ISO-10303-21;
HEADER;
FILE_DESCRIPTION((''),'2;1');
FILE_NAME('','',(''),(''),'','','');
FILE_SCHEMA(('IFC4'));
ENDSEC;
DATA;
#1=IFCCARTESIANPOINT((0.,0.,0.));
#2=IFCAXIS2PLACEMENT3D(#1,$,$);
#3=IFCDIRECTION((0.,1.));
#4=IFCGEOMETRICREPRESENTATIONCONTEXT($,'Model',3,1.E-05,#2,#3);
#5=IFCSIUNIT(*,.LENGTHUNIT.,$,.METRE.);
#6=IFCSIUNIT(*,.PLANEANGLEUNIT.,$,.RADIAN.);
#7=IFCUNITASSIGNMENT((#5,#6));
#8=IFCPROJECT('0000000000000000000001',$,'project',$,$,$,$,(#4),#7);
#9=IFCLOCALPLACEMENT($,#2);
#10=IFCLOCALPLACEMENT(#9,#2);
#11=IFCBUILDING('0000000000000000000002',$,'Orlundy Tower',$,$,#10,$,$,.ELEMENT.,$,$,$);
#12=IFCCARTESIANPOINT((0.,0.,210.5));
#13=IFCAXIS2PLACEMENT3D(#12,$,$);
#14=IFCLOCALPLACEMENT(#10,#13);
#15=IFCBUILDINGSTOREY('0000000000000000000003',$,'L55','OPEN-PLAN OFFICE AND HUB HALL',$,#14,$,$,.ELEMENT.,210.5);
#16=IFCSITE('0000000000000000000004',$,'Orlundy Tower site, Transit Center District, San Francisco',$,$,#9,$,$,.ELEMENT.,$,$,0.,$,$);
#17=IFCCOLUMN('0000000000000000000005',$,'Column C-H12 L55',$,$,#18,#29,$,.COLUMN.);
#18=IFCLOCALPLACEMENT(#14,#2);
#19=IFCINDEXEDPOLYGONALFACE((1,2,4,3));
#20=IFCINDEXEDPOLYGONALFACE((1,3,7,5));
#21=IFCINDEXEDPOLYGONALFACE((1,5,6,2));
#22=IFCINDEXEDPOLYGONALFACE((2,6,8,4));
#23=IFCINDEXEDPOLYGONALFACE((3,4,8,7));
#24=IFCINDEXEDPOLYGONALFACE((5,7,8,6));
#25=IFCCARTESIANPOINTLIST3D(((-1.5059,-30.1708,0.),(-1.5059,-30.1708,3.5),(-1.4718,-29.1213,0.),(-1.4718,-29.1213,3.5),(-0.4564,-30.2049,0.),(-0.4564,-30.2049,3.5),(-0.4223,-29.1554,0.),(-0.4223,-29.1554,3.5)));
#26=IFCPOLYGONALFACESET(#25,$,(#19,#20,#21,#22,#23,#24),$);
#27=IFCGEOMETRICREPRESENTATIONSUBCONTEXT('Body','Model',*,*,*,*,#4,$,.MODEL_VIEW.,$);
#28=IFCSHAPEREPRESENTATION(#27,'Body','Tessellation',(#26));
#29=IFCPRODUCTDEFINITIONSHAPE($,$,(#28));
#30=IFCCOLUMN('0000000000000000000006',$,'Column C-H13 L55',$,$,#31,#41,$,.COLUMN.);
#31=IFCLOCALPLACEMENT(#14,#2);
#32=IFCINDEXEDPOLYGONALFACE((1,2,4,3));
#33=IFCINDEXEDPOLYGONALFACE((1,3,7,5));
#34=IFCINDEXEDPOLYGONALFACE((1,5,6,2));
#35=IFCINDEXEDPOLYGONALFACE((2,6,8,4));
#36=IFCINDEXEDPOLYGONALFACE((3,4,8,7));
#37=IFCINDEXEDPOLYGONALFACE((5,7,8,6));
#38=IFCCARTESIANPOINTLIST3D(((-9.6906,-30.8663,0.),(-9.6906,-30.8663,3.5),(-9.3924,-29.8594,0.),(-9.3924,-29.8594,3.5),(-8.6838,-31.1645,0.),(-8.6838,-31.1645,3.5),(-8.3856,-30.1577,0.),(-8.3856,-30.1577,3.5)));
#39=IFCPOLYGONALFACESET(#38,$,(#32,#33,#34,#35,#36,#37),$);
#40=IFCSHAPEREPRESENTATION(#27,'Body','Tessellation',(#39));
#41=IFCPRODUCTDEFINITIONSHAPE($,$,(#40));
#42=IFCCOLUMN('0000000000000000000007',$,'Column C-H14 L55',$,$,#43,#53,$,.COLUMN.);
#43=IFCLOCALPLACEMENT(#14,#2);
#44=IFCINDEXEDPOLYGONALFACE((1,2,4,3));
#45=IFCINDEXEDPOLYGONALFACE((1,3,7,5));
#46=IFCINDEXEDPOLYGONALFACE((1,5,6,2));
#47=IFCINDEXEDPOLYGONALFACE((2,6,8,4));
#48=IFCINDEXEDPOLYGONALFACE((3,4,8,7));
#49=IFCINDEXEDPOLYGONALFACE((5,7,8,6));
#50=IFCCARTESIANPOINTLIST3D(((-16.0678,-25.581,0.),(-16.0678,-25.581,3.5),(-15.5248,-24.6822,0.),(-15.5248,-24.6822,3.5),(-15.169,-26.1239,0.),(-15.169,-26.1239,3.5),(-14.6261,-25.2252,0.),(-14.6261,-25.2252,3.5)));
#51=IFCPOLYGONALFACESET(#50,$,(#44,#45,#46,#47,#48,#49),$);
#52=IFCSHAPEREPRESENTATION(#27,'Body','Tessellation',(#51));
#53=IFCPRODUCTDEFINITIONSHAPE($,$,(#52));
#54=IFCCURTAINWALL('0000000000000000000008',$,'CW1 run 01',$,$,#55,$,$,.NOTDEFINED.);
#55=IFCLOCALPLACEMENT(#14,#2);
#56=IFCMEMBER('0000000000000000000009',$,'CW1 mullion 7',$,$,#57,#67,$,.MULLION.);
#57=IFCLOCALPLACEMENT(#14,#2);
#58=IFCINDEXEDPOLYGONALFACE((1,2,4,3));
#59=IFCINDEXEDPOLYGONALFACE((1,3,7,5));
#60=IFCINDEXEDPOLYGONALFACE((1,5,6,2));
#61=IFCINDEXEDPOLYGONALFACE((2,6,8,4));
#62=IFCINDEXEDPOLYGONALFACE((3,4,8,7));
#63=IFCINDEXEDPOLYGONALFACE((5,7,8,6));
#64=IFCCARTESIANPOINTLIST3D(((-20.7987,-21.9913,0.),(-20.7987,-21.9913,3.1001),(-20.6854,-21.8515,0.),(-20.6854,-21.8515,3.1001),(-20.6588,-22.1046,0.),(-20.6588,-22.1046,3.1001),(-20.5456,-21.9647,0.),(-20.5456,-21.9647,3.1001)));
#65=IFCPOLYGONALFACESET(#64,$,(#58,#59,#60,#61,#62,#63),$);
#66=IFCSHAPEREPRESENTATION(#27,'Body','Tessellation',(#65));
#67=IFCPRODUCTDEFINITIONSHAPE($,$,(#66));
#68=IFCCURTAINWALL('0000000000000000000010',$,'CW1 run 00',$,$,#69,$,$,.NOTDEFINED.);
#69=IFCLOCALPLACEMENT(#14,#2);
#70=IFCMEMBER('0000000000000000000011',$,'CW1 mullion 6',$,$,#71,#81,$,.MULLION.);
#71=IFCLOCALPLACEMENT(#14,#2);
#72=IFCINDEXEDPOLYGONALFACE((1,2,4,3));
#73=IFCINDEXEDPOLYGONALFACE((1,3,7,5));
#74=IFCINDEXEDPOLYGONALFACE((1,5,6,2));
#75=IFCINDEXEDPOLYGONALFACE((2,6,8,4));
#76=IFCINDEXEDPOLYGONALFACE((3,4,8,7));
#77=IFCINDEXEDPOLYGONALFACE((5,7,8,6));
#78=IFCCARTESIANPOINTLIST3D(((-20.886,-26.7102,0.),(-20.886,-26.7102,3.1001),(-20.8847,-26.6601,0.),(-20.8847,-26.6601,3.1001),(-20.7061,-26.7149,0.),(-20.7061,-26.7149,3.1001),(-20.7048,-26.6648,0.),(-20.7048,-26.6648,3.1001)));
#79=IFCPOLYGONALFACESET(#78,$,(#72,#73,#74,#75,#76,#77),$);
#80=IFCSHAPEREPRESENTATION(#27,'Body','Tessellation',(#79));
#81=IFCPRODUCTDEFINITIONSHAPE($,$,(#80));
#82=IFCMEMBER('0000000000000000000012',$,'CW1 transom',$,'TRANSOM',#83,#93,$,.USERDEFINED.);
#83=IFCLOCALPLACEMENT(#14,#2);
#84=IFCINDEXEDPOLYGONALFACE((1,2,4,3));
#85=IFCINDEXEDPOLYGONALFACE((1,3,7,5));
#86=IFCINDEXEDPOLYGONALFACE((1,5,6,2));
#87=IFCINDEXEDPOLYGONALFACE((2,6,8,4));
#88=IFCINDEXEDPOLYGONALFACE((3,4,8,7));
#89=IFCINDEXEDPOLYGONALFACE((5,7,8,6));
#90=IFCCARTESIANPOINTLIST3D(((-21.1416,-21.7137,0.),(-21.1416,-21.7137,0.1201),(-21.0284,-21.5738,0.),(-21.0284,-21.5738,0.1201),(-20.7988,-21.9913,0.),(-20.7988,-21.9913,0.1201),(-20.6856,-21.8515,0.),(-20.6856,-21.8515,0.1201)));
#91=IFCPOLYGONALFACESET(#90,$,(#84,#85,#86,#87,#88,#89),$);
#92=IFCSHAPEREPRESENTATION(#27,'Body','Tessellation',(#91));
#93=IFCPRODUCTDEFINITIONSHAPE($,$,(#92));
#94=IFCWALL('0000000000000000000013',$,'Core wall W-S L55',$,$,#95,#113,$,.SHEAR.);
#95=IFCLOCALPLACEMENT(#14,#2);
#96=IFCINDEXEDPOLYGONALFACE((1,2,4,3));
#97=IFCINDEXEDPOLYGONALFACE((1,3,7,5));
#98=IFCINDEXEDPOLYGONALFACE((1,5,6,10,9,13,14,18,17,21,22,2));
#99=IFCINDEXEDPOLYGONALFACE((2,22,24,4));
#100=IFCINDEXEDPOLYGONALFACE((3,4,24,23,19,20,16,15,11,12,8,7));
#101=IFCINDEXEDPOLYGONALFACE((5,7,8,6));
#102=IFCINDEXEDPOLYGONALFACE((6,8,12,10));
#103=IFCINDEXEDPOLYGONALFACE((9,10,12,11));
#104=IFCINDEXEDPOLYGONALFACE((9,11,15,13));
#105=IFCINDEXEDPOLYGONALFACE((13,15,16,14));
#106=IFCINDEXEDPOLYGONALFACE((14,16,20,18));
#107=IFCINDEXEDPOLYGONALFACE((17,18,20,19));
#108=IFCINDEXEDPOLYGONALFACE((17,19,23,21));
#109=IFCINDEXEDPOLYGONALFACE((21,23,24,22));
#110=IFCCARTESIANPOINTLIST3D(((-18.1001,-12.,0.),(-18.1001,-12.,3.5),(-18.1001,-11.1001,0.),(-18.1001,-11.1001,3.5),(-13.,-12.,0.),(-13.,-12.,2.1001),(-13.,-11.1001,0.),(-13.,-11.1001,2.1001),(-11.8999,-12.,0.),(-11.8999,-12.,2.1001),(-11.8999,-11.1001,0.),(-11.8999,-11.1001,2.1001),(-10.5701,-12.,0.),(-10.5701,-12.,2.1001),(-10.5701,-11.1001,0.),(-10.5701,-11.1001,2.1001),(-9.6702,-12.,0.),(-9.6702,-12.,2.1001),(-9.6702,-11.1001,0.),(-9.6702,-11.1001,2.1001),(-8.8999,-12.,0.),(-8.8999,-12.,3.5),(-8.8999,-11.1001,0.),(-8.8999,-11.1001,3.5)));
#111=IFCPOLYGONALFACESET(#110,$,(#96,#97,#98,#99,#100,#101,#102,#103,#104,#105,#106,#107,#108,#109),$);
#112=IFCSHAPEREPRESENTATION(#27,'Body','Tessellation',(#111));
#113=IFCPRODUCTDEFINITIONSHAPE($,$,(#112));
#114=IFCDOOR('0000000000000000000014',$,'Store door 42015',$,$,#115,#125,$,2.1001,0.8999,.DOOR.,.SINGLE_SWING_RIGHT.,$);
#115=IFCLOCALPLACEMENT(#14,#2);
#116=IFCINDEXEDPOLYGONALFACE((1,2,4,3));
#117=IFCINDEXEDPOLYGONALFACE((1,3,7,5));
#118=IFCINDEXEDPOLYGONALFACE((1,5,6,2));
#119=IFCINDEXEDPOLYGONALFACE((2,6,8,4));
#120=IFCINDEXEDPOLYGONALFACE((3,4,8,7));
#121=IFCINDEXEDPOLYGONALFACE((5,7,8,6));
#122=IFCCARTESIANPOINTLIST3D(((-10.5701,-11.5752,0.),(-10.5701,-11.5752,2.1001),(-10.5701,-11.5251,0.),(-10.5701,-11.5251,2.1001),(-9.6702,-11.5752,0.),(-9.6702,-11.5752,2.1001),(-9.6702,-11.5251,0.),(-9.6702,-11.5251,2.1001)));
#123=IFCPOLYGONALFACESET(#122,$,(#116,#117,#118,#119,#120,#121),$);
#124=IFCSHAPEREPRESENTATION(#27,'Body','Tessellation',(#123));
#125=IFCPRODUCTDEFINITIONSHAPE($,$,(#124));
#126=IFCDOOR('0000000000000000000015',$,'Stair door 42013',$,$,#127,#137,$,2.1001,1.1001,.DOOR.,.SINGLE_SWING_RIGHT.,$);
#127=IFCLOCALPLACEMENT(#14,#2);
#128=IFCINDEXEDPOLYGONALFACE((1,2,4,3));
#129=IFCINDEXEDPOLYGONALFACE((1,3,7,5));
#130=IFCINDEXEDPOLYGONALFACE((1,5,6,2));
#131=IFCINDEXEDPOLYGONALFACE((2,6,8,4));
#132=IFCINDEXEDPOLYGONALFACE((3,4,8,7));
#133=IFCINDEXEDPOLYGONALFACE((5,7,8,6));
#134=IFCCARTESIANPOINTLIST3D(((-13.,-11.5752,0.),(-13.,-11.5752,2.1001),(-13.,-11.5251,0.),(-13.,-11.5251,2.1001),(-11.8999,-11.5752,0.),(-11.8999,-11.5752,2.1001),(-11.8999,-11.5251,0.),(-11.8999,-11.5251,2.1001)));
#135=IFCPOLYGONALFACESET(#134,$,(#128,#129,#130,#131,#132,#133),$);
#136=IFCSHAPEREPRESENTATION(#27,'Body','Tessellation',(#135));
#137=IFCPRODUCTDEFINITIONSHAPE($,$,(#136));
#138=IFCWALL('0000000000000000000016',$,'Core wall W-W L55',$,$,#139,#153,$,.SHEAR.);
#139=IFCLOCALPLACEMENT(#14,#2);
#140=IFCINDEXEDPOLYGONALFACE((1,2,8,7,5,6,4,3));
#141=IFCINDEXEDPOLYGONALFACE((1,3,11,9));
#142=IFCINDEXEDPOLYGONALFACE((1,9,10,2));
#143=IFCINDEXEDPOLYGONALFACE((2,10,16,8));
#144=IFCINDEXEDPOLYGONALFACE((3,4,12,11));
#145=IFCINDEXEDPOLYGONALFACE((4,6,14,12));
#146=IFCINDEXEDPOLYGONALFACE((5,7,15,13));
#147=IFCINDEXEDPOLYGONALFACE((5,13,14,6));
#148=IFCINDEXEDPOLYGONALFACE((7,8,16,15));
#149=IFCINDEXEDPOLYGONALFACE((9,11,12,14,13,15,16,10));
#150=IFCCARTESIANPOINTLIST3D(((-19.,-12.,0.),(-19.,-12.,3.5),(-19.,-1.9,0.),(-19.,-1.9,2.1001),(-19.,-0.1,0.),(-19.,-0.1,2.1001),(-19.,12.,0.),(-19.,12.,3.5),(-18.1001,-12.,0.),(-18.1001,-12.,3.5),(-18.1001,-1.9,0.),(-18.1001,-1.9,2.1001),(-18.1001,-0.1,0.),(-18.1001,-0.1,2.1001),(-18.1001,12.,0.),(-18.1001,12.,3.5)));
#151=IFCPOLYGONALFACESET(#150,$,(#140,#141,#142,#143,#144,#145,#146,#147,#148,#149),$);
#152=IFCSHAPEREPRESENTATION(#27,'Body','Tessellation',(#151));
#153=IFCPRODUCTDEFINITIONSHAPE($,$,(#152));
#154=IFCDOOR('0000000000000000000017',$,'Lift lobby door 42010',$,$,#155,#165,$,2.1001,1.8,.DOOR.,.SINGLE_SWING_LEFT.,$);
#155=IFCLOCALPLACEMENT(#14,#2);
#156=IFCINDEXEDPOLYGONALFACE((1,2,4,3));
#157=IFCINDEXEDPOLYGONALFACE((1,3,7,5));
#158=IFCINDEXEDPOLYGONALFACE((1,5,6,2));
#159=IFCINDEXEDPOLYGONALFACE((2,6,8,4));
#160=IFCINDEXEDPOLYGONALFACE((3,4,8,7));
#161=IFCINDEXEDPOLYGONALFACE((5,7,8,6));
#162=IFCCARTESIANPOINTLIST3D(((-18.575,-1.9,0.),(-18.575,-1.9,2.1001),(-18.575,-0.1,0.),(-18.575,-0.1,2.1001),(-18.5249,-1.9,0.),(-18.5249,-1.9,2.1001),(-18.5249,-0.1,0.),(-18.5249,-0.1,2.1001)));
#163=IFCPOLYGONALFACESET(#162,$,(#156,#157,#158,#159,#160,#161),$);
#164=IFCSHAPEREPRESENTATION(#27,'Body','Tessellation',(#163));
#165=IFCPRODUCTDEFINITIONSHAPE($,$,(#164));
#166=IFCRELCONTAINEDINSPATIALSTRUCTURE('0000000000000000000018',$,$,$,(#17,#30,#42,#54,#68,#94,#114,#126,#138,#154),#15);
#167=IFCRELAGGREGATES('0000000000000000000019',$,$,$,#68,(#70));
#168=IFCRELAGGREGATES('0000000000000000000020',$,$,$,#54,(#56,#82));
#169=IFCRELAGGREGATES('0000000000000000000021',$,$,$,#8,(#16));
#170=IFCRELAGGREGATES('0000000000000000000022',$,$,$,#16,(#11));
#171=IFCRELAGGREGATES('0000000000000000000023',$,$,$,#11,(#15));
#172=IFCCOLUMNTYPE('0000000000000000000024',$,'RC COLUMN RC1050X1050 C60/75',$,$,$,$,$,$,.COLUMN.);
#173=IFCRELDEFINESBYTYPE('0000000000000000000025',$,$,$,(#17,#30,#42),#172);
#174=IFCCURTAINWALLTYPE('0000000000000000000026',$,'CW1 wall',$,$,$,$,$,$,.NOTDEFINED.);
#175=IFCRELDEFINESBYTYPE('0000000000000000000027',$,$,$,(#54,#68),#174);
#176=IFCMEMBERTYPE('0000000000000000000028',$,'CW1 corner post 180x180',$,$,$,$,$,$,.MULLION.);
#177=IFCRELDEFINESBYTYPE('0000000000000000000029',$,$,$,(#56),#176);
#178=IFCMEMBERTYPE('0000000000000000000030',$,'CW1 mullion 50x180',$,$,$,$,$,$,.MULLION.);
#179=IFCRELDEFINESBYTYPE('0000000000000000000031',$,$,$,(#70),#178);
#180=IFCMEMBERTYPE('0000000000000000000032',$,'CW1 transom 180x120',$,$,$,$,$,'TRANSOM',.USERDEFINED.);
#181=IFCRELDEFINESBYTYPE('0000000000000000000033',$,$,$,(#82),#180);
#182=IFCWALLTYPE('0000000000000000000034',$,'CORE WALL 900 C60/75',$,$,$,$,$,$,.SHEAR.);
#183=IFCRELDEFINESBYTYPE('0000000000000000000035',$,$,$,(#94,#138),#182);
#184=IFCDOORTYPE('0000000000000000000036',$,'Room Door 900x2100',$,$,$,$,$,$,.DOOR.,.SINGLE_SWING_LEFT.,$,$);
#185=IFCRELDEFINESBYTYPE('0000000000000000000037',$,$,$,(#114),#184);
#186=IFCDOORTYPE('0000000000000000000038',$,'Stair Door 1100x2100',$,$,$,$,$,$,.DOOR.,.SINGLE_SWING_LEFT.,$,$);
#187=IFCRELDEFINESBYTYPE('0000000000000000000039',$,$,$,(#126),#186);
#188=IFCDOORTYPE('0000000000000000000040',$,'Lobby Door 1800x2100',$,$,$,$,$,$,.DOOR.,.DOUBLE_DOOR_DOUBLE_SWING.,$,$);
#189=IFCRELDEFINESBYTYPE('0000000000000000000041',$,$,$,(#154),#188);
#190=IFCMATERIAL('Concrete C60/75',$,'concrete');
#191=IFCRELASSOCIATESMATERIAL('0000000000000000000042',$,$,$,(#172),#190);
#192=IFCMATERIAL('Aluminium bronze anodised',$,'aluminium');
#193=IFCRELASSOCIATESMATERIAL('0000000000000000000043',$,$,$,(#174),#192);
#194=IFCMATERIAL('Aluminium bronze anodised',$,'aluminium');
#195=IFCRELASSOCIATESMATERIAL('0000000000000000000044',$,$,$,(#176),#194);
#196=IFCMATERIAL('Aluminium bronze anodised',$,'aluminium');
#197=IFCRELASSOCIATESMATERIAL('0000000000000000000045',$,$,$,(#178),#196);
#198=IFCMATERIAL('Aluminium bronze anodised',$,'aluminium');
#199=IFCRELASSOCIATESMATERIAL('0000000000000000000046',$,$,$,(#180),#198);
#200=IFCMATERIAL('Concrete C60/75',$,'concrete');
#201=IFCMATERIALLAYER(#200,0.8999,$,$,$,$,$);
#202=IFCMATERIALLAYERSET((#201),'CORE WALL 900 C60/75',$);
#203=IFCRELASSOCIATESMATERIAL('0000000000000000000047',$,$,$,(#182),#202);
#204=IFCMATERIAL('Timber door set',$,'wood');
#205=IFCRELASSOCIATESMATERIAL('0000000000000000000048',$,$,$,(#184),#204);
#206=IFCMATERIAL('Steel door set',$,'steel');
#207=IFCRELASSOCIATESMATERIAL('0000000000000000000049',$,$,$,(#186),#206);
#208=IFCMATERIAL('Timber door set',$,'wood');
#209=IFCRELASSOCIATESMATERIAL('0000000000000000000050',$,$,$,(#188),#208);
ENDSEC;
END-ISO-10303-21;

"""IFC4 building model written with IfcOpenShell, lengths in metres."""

from ifc_helpers import new_model, si_unit, direction, frame, frame_2d, origin, origin_2d, place, context, subcontext, project, spatial, rectangle, extrude, material, layer, layer_set, material_profile, profile_set, type_object, element, fill, aggregate, save


model = new_model("IFC4")

# Units and contexts
model_context = context("Model", 3, precision=1e-05, world=origin(), true_north=direction((0.0, 1.0)))
body_context = subcontext(model_context, "Body", "Model", "MODEL_VIEW")
ifc_project = project(units=[si_unit("LENGTHUNIT", "METRE"), si_unit("PLANEANGLEUNIT", "RADIAN")], contexts=[model_context])

# Site, building, storey
site_placement = place(None, origin())
site = spatial("IfcSite", under=ifc_project, at=site_placement, Name="Orlundy Tower site, Transit Center District, San Francisco", CompositionType="ELEMENT", RefElevation=0.0)
building_placement = place(site_placement, origin())
building = spatial("IfcBuilding", under=site, at=building_placement, Name="Orlundy Tower", CompositionType="ELEMENT")
storey_placement = place(building_placement, frame((0.0, 0.0, 210.5)))
storey = spatial("IfcBuildingStorey", under=building, at=storey_placement, Name="L55", Description="OPEN-PLAN OFFICE AND HUB HALL", CompositionType="ELEMENT", Elevation=210.5)

# Columns
ifc_material_1 = material(Name="Concrete C60/75", Category="concrete")
ifc_material_profile_1 = material_profile(ifc_material_1, rectangle(XDim=1.05, YDim=1.05, at=origin_2d()), Name="RC1050X1050")
ifc_profile_set_1 = profile_set([ifc_material_profile_1], Name="Concrete C60/75")
column_type = type_object("IfcColumnType", Name="RC COLUMN RC1050X1050 C60/75", PredefinedType="COLUMN", material=ifc_profile_set_1)
for number, where, z_axis, x_axis, name in (
    (1, (-0.9641, -29.6631, 0.0), (0.0, 0.0, 1.0), (-0.032475, -0.999473, 0.0), "Column C-H12 L55"),
    (2, (-9.0381, -30.512, 0.0), (0.0, 0.0, 1.0), (-0.284015, -0.95882, 0.0), "Column C-H13 L55"),
    (3, (-15.3469, -25.4031, 0.0), (0.0, 0.0, 1.0), (-0.517101, -0.855924, 0.0), "Column C-H14 L55"),
):
    element("IfcColumn", number, at=place(storey_placement, frame(where, z_axis=z_axis, x_axis=x_axis)), inside=storey, type_object=column_type, Name=name, PredefinedType="COLUMN", context=body_context, shape_type="SweptSolid", body=[
        extrude(rectangle(XDim=1.05, YDim=1.05, at=origin_2d()), origin(), (0.0, 0.0, 1.0), 3.5),
    ])

# Curtain walls, members
ifc_material_2 = material(Name="Aluminium bronze anodised", Category="aluminium")
curtain_wall_type = type_object("IfcCurtainWallType", Name="CW1 wall", PredefinedType="NOTDEFINED", material=ifc_material_2)
curtain_wall_1_placement = place(storey_placement, origin())
curtain_wall_1 = element("IfcCurtainWall", 4, at=curtain_wall_1_placement, inside=storey, type_object=curtain_wall_type, Name="CW1 run 01", PredefinedType="NOTDEFINED")
ifc_material_3 = material(Name="Aluminium bronze anodised", Category="aluminium")
ifc_material_profile_2 = material_profile(ifc_material_3, rectangle(XDim=0.1799, YDim=0.1799, at=origin_2d()), Name="CW1 corner post 180x180")
ifc_profile_set_2 = profile_set([ifc_material_profile_2], Name="Aluminium bronze anodised")
member_type_1 = type_object("IfcMemberType", Name="CW1 corner post 180x180", PredefinedType="MULLION", material=ifc_profile_set_2)
member_1_placement = place(storey_placement, frame((-20.6721, -21.978, 0.0), z_axis=(0.0, 0.0, 1.0), x_axis=(-0.629283, -0.777177, 0.0)))
member_1 = element("IfcMember", 5, at=member_1_placement, type_object=member_type_1, Name="CW1 mullion 7", PredefinedType="MULLION", context=body_context, shape_type="SweptSolid", body=[
    extrude(rectangle(XDim=0.1799, YDim=0.1799, at=origin_2d()), origin(), (0.0, 0.0, 1.0), 3.1001),
])
curtain_wall_2_placement = place(storey_placement, origin())
curtain_wall_2 = element("IfcCurtainWall", 6, at=curtain_wall_2_placement, inside=storey, type_object=curtain_wall_type, Name="CW1 run 00", PredefinedType="NOTDEFINED")
ifc_material_4 = material(Name="Aluminium bronze anodised", Category="aluminium")
ifc_material_profile_3 = material_profile(ifc_material_4, rectangle(XDim=0.1799, YDim=0.05, at=origin_2d()), Name="CW1 mullion 50x180")
ifc_profile_set_3 = profile_set([ifc_material_profile_3], Name="Aluminium bronze anodised")
member_type_2 = type_object("IfcMemberType", Name="CW1 mullion 50x180", PredefinedType="MULLION", material=ifc_profile_set_3)
member_2_placement = place(storey_placement, frame((-20.7954, -26.6875, 0.0), z_axis=(0.0, 0.0, 1.0), x_axis=(-0.999657, 0.02618, 0.0)))
member_2 = element("IfcMember", 7, at=member_2_placement, type_object=member_type_2, Name="CW1 mullion 6", PredefinedType="MULLION", context=body_context, shape_type="SweptSolid", body=[
    extrude(rectangle(XDim=0.1799, YDim=0.05, at=origin_2d()), origin(), (0.0, 0.0, 1.0), 3.1001),
])
aggregate(curtain_wall_2, [member_2])

# Member
ifc_material_5 = material(Name="Aluminium bronze anodised", Category="aluminium")
ifc_material_profile_4 = material_profile(ifc_material_5, rectangle(XDim=0.1799, YDim=0.1201, at=origin_2d()), Name="CW1 transom 180x120")
ifc_profile_set_4 = profile_set([ifc_material_profile_4], Name="Aluminium bronze anodised")
member_type_3 = type_object("IfcMemberType", Name="CW1 transom 180x120", ElementType="TRANSOM", PredefinedType="USERDEFINED", material=ifc_profile_set_4)
member_3_placement = place(storey_placement, frame((-20.7422, -21.9214, 0.0601), z_axis=(-0.777129, 0.629342, 0.0), x_axis=(-0.629342, -0.777129, 0.0)))
member_3 = element("IfcMember", 8, at=member_3_placement, type_object=member_type_3, Name="CW1 transom", ObjectType="TRANSOM", PredefinedType="USERDEFINED", context=body_context, shape_type="SweptSolid", body=[
    extrude(rectangle(XDim=0.1799, YDim=0.1201, at=origin_2d()), origin(), (0.0, 0.0, 1.0), 0.4412),
])
aggregate(curtain_wall_1, [member_1, member_3])

# Wall, openings, doors
ifc_material_6 = material(Name="Concrete C60/75", Category="concrete")
ifc_layer_1 = layer(ifc_material_6, 0.8999)
ifc_layer_set_1 = layer_set([ifc_layer_1], Name="CORE WALL 900 C60/75")
wall_type_1 = type_object("IfcWallType", Name="CORE WALL 900 C60/75", PredefinedType="SHEAR", material=ifc_layer_set_1)
wall_1_placement = place(storey_placement, frame((-18.1001, -11.55, 0.0), z_axis=(0.0, 0.0, 1.0), x_axis=(1.0, 0.0, 0.0)))
wall_1 = element("IfcWall", 9, at=wall_1_placement, inside=storey, type_object=wall_type_1, Name="Core wall W-S L55", PredefinedType="SHEAR", context=body_context, shape_type="SweptSolid", body=[
    extrude(rectangle(XDim=9.2002, YDim=0.8999, at=frame_2d((4.6001, 0.0))), origin(), (0.0, 0.0, 1.0), 3.5),
])
opening_1_placement = place(wall_1_placement, frame((5.1001, 0.0, 0.0)))
opening_1 = element("IfcOpeningElement", 10, at=opening_1_placement, cuts=wall_1, PredefinedType="OPENING", context=body_context, shape_type="SweptSolid", body=[
    extrude(rectangle(XDim=1.1001, YDim=2.1001, at=frame_2d((0.55, 1.05))), frame((0.0, 0.46, 0.0), z_axis=(0.0, -1.0, 0.0), x_axis=(1.0, 0.0, 0.0)), (0.0, 0.0, 1.0), 0.9199),
])
opening_2_placement = place(wall_1_placement, frame((7.53, 0.0, 0.0)))
opening_2 = element("IfcOpeningElement", 11, at=opening_2_placement, cuts=wall_1, PredefinedType="OPENING", context=body_context, shape_type="SweptSolid", body=[
    extrude(rectangle(XDim=0.8999, YDim=2.1001, at=frame_2d((0.45, 1.05))), frame((0.0, 0.46, 0.0), z_axis=(0.0, -1.0, 0.0), x_axis=(1.0, 0.0, 0.0)), (0.0, 0.0, 1.0), 0.9199),
])
ifc_material_7 = material(Name="Timber door set", Category="wood")
door_type_1 = type_object("IfcDoorType", Name="Room Door 900x2100", OperationType="SINGLE_SWING_LEFT", PredefinedType="DOOR", material=ifc_material_7)
door_1_placement = place(opening_2_placement, origin())
door_1 = element("IfcDoor", 12, at=door_1_placement, inside=storey, type_object=door_type_1, Name="Store door 42015", OperationType="SINGLE_SWING_RIGHT", OverallHeight=2.1001, OverallWidth=0.8999, PredefinedType="DOOR", context=body_context, shape_type="SweptSolid", body=[
    extrude(rectangle(XDim=0.8999, YDim=2.1001, at=frame_2d((0.45, 1.05))), frame((0.0, 0.0249, 0.0), z_axis=(0.0, -1.0, 0.0), x_axis=(1.0, 0.0, 0.0)), (0.0, 0.0, 1.0), 0.05),
])
fill(opening_2, door_1)
ifc_material_8 = material(Name="Steel door set", Category="steel")
door_type_2 = type_object("IfcDoorType", Name="Stair Door 1100x2100", OperationType="SINGLE_SWING_LEFT", PredefinedType="DOOR", material=ifc_material_8)
door_2_placement = place(opening_1_placement, origin())
door_2 = element("IfcDoor", 13, at=door_2_placement, inside=storey, type_object=door_type_2, Name="Stair door 42013", OperationType="SINGLE_SWING_RIGHT", OverallHeight=2.1001, OverallWidth=1.1001, PredefinedType="DOOR", context=body_context, shape_type="SweptSolid", body=[
    extrude(rectangle(XDim=1.1001, YDim=2.1001, at=frame_2d((0.55, 1.05))), frame((0.0, 0.0249, 0.0), z_axis=(0.0, -1.0, 0.0), x_axis=(1.0, 0.0, 0.0)), (0.0, 0.0, 1.0), 0.05),
])
fill(opening_1, door_2)

# Wall, opening, door
wall_2_placement = place(storey_placement, frame((-18.55, -12.0, 0.0), z_axis=(0.0, 0.0, 1.0), x_axis=(0.0, 1.0, 0.0)))
wall_2 = element("IfcWall", 14, at=wall_2_placement, inside=storey, type_object=wall_type_1, Name="Core wall W-W L55", PredefinedType="SHEAR", context=body_context, shape_type="SweptSolid", body=[
    extrude(rectangle(XDim=24.0, YDim=0.8999, at=frame_2d((12.0, 0.0))), origin(), (0.0, 0.0, 1.0), 3.5),
])
opening_3_placement = place(wall_2_placement, frame((10.1001, 0.0, 0.0)))
opening_3 = element("IfcOpeningElement", 15, at=opening_3_placement, cuts=wall_2, PredefinedType="OPENING", context=body_context, shape_type="SweptSolid", body=[
    extrude(rectangle(XDim=1.8, YDim=2.1001, at=frame_2d((0.8999, 1.05))), frame((0.0, 0.46, 0.0), z_axis=(0.0, -1.0, 0.0), x_axis=(1.0, 0.0, 0.0)), (0.0, 0.0, 1.0), 0.9199),
])
ifc_material_9 = material(Name="Timber door set", Category="wood")
door_type_3 = type_object("IfcDoorType", Name="Lobby Door 1800x2100", OperationType="DOUBLE_DOOR_DOUBLE_SWING", PredefinedType="DOOR", material=ifc_material_9)
door_3_placement = place(opening_3_placement, origin())
door_3 = element("IfcDoor", 16, at=door_3_placement, inside=storey, type_object=door_type_3, Name="Lift lobby door 42010", OperationType="SINGLE_SWING_LEFT", OverallHeight=2.1001, OverallWidth=1.8, PredefinedType="DOOR", context=body_context, shape_type="SweptSolid", body=[
    extrude(rectangle(XDim=1.8, YDim=2.1001, at=frame_2d((0.8999, 1.05))), frame((0.0, 0.0249, 0.0), z_axis=(0.0, -1.0, 0.0), x_axis=(1.0, 0.0, 0.0)), (0.0, 0.0, 1.0), 0.05),
])
fill(opening_3, door_3)

save(model, "model.ifc")
